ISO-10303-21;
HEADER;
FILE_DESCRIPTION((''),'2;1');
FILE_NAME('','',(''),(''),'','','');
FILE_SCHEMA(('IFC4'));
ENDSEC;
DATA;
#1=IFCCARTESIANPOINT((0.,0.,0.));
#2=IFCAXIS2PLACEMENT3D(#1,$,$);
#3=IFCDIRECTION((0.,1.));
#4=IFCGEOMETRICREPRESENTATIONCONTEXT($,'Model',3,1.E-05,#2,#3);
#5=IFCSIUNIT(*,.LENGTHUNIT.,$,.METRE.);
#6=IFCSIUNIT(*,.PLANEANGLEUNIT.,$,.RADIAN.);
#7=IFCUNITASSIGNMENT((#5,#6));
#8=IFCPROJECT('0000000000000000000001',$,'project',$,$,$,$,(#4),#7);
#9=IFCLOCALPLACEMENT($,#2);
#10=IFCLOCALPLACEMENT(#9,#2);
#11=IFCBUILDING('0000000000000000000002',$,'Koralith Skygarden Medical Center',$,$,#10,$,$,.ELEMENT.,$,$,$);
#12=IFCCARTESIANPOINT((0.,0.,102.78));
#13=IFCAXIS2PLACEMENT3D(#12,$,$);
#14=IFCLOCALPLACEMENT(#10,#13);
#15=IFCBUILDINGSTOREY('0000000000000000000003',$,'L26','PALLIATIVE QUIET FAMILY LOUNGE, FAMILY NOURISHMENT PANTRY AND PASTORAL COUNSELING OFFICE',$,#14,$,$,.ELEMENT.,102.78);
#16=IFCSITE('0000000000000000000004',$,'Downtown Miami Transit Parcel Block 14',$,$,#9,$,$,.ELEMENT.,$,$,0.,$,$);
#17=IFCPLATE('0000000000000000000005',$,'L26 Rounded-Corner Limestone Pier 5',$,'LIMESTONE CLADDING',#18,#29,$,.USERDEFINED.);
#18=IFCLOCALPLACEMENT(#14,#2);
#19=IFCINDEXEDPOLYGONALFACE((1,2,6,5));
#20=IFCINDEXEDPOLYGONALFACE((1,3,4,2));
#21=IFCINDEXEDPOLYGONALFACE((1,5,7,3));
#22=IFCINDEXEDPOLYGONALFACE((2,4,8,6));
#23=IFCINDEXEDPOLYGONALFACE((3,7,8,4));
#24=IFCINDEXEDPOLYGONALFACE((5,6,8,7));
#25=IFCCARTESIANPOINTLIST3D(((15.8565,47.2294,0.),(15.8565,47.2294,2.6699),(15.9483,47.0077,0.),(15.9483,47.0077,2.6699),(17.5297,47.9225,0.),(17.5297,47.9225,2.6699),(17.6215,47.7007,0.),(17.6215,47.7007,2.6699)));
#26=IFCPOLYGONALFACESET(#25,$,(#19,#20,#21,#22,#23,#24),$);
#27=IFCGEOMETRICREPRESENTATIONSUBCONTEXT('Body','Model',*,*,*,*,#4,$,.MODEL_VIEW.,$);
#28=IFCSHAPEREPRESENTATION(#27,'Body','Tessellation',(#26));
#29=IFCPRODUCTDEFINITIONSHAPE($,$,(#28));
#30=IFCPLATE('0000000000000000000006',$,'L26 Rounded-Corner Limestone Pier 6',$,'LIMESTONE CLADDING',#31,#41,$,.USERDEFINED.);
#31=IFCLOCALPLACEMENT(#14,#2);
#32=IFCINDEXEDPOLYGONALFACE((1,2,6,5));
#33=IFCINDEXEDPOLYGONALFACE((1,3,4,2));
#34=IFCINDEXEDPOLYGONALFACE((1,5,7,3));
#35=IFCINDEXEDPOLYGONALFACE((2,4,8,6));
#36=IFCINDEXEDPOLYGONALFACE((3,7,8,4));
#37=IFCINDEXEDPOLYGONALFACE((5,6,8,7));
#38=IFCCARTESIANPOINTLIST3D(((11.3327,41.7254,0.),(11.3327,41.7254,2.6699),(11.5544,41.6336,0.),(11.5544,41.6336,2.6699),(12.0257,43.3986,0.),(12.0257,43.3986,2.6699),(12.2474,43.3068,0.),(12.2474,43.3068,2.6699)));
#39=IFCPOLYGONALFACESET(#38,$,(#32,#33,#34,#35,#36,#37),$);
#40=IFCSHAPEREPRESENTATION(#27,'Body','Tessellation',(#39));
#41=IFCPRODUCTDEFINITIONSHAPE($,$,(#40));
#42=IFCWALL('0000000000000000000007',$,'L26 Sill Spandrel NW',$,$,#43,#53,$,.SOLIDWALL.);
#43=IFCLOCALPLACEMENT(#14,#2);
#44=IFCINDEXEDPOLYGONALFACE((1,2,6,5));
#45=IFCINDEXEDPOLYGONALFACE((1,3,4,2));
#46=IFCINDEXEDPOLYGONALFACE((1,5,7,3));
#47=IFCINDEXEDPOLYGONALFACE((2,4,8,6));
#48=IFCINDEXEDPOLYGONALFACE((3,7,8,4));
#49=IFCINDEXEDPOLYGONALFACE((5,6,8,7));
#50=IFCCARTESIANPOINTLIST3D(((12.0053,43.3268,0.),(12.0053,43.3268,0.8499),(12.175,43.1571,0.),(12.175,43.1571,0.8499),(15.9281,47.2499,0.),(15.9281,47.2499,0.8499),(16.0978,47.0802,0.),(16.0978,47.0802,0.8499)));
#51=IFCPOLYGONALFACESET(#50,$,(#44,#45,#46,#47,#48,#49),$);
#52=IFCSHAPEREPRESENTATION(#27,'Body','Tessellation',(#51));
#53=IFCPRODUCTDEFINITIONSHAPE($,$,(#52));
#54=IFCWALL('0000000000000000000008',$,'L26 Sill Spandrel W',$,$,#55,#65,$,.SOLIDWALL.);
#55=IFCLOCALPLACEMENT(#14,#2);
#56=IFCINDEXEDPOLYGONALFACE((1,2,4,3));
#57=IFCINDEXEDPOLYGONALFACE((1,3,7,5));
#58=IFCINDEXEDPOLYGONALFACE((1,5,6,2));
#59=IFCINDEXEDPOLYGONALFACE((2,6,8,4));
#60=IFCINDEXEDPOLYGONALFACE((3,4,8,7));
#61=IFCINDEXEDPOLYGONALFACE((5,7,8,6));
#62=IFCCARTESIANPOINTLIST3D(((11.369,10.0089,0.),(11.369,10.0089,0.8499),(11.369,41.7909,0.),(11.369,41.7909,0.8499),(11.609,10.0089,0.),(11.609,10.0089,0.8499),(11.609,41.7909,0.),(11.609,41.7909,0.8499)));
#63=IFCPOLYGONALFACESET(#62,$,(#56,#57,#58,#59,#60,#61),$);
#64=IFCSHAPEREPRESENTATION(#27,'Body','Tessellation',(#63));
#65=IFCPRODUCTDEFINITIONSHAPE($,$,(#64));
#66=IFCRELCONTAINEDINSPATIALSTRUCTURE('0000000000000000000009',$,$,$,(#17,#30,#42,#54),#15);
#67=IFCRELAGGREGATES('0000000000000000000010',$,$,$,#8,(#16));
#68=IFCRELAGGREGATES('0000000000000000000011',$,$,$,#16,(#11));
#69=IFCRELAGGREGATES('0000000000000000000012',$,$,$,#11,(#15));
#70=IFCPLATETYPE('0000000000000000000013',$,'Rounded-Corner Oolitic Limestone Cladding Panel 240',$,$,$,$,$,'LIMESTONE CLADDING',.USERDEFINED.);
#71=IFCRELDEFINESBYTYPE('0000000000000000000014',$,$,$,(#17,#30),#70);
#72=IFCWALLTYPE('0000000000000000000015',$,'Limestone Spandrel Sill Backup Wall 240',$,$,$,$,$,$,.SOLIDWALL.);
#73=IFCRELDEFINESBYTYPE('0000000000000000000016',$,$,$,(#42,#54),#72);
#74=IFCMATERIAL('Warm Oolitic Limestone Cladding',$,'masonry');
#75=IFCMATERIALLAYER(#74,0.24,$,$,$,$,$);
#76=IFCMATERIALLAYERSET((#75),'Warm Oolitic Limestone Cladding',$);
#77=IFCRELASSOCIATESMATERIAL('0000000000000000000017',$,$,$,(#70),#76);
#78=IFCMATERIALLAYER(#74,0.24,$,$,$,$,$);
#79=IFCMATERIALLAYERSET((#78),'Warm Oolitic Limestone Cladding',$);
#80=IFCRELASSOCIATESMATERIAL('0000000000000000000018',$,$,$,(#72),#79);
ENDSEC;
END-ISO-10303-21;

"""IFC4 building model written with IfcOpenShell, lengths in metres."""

from ifc_helpers import new_model, si_unit, direction, frame, frame_2d, origin, origin_2d, place, context, subcontext, project, spatial, rectangle, extrude, material, layer, layer_set, type_object, element, save


model = new_model("IFC4")

# Units and contexts
model_context = context("Model", 3, precision=1e-05, world=origin(), true_north=direction((0.0, 1.0)))
body_context = subcontext(model_context, "Body", "Model", "MODEL_VIEW")
ifc_project = project(units=[si_unit("LENGTHUNIT", "METRE"), si_unit("PLANEANGLEUNIT", "RADIAN")], contexts=[model_context])

# Site, building, storey
site_placement = place(None, origin())
site = spatial("IfcSite", under=ifc_project, at=site_placement, Name="Downtown Miami Transit Parcel Block 14", CompositionType="ELEMENT", RefElevation=0.0)
building_placement = place(site_placement, origin())
building = spatial("IfcBuilding", under=site, at=building_placement, Name="Koralith Skygarden Medical Center", CompositionType="ELEMENT")
storey_placement = place(building_placement, frame((0.0, 0.0, 102.78)))
storey = spatial("IfcBuildingStorey", under=building, at=storey_placement, Name="L26", Description="PALLIATIVE QUIET FAMILY LOUNGE, FAMILY NOURISHMENT PANTRY AND PASTORAL COUNSELING OFFICE", CompositionType="ELEMENT", Elevation=102.78)

# Plates
ifc_material_1 = material(Name="Warm Oolitic Limestone Cladding", Category="masonry")
ifc_layer_1 = layer(ifc_material_1, 0.24)
ifc_layer_set_1 = layer_set([ifc_layer_1], Name="Warm Oolitic Limestone Cladding")
plate_type_1 = type_object("IfcPlateType", Name="Rounded-Corner Oolitic Limestone Cladding Panel 240", ElementType="LIMESTONE CLADDING", PredefinedType="USERDEFINED", material=ifc_layer_set_1)
for number, where, z_axis, x_axis, name in (
    (1, (16.739, 47.4651, 0.0), (0.0, 0.0, 1.0), (-0.923885, -0.382671, 0.0), "L26 Rounded-Corner Limestone Pier 5"),
    (2, (11.79, 42.5161, 0.0), (0.0, 0.0, 1.0), (-0.382671, -0.923885, 0.0), "L26 Rounded-Corner Limestone Pier 6"),
):
    element("IfcPlate", number, at=place(storey_placement, frame(where, z_axis=z_axis, x_axis=x_axis)), inside=storey, type_object=plate_type_1, Name=name, ObjectType="LIMESTONE CLADDING", PredefinedType="USERDEFINED", context=body_context, shape_type="SweptSolid", body=[
        extrude(rectangle(XDim=1.811, YDim=0.24, at=origin_2d()), origin(), (0.0, 0.0, 1.0), 2.6699),
    ])

# Walls
ifc_layer_2 = layer(ifc_material_1, 0.24)
ifc_layer_set_2 = layer_set([ifc_layer_2], Name="Warm Oolitic Limestone Cladding")
wall_type = type_object("IfcWallType", Name="Limestone Spandrel Sill Backup Wall 240", PredefinedType="SOLIDWALL", material=ifc_layer_set_2)
wall_1_placement = place(storey_placement, frame((16.0129, 47.165, 0.0), z_axis=(0.0, 0.0, 1.0), x_axis=(-0.707085, -0.707129, 0.0)))
element("IfcWall", 3, at=wall_1_placement, inside=storey, type_object=wall_type, Name="L26 Sill Spandrel NW", PredefinedType="SOLIDWALL", context=body_context, shape_type="SweptSolid", body=[
    extrude(rectangle(XDim=5.5479, YDim=0.24, at=frame_2d((2.7739, 0.0))), origin(), (0.0, 0.0, 1.0), 0.8499),
])
wall_2_placement = place(storey_placement, frame((11.489, 41.791, 0.0), z_axis=(0.0, 0.0, 1.0), x_axis=(0.0, -1.0, 0.0)))
element("IfcWall", 4, at=wall_2_placement, inside=storey, type_object=wall_type, Name="L26 Sill Spandrel W", PredefinedType="SOLIDWALL", context=body_context, shape_type="SweptSolid", body=[
    extrude(rectangle(XDim=31.782, YDim=0.24, at=frame_2d((15.8911, 0.0))), origin(), (0.0, 0.0, 1.0), 0.8499),
])

save(model, "model.ifc")
